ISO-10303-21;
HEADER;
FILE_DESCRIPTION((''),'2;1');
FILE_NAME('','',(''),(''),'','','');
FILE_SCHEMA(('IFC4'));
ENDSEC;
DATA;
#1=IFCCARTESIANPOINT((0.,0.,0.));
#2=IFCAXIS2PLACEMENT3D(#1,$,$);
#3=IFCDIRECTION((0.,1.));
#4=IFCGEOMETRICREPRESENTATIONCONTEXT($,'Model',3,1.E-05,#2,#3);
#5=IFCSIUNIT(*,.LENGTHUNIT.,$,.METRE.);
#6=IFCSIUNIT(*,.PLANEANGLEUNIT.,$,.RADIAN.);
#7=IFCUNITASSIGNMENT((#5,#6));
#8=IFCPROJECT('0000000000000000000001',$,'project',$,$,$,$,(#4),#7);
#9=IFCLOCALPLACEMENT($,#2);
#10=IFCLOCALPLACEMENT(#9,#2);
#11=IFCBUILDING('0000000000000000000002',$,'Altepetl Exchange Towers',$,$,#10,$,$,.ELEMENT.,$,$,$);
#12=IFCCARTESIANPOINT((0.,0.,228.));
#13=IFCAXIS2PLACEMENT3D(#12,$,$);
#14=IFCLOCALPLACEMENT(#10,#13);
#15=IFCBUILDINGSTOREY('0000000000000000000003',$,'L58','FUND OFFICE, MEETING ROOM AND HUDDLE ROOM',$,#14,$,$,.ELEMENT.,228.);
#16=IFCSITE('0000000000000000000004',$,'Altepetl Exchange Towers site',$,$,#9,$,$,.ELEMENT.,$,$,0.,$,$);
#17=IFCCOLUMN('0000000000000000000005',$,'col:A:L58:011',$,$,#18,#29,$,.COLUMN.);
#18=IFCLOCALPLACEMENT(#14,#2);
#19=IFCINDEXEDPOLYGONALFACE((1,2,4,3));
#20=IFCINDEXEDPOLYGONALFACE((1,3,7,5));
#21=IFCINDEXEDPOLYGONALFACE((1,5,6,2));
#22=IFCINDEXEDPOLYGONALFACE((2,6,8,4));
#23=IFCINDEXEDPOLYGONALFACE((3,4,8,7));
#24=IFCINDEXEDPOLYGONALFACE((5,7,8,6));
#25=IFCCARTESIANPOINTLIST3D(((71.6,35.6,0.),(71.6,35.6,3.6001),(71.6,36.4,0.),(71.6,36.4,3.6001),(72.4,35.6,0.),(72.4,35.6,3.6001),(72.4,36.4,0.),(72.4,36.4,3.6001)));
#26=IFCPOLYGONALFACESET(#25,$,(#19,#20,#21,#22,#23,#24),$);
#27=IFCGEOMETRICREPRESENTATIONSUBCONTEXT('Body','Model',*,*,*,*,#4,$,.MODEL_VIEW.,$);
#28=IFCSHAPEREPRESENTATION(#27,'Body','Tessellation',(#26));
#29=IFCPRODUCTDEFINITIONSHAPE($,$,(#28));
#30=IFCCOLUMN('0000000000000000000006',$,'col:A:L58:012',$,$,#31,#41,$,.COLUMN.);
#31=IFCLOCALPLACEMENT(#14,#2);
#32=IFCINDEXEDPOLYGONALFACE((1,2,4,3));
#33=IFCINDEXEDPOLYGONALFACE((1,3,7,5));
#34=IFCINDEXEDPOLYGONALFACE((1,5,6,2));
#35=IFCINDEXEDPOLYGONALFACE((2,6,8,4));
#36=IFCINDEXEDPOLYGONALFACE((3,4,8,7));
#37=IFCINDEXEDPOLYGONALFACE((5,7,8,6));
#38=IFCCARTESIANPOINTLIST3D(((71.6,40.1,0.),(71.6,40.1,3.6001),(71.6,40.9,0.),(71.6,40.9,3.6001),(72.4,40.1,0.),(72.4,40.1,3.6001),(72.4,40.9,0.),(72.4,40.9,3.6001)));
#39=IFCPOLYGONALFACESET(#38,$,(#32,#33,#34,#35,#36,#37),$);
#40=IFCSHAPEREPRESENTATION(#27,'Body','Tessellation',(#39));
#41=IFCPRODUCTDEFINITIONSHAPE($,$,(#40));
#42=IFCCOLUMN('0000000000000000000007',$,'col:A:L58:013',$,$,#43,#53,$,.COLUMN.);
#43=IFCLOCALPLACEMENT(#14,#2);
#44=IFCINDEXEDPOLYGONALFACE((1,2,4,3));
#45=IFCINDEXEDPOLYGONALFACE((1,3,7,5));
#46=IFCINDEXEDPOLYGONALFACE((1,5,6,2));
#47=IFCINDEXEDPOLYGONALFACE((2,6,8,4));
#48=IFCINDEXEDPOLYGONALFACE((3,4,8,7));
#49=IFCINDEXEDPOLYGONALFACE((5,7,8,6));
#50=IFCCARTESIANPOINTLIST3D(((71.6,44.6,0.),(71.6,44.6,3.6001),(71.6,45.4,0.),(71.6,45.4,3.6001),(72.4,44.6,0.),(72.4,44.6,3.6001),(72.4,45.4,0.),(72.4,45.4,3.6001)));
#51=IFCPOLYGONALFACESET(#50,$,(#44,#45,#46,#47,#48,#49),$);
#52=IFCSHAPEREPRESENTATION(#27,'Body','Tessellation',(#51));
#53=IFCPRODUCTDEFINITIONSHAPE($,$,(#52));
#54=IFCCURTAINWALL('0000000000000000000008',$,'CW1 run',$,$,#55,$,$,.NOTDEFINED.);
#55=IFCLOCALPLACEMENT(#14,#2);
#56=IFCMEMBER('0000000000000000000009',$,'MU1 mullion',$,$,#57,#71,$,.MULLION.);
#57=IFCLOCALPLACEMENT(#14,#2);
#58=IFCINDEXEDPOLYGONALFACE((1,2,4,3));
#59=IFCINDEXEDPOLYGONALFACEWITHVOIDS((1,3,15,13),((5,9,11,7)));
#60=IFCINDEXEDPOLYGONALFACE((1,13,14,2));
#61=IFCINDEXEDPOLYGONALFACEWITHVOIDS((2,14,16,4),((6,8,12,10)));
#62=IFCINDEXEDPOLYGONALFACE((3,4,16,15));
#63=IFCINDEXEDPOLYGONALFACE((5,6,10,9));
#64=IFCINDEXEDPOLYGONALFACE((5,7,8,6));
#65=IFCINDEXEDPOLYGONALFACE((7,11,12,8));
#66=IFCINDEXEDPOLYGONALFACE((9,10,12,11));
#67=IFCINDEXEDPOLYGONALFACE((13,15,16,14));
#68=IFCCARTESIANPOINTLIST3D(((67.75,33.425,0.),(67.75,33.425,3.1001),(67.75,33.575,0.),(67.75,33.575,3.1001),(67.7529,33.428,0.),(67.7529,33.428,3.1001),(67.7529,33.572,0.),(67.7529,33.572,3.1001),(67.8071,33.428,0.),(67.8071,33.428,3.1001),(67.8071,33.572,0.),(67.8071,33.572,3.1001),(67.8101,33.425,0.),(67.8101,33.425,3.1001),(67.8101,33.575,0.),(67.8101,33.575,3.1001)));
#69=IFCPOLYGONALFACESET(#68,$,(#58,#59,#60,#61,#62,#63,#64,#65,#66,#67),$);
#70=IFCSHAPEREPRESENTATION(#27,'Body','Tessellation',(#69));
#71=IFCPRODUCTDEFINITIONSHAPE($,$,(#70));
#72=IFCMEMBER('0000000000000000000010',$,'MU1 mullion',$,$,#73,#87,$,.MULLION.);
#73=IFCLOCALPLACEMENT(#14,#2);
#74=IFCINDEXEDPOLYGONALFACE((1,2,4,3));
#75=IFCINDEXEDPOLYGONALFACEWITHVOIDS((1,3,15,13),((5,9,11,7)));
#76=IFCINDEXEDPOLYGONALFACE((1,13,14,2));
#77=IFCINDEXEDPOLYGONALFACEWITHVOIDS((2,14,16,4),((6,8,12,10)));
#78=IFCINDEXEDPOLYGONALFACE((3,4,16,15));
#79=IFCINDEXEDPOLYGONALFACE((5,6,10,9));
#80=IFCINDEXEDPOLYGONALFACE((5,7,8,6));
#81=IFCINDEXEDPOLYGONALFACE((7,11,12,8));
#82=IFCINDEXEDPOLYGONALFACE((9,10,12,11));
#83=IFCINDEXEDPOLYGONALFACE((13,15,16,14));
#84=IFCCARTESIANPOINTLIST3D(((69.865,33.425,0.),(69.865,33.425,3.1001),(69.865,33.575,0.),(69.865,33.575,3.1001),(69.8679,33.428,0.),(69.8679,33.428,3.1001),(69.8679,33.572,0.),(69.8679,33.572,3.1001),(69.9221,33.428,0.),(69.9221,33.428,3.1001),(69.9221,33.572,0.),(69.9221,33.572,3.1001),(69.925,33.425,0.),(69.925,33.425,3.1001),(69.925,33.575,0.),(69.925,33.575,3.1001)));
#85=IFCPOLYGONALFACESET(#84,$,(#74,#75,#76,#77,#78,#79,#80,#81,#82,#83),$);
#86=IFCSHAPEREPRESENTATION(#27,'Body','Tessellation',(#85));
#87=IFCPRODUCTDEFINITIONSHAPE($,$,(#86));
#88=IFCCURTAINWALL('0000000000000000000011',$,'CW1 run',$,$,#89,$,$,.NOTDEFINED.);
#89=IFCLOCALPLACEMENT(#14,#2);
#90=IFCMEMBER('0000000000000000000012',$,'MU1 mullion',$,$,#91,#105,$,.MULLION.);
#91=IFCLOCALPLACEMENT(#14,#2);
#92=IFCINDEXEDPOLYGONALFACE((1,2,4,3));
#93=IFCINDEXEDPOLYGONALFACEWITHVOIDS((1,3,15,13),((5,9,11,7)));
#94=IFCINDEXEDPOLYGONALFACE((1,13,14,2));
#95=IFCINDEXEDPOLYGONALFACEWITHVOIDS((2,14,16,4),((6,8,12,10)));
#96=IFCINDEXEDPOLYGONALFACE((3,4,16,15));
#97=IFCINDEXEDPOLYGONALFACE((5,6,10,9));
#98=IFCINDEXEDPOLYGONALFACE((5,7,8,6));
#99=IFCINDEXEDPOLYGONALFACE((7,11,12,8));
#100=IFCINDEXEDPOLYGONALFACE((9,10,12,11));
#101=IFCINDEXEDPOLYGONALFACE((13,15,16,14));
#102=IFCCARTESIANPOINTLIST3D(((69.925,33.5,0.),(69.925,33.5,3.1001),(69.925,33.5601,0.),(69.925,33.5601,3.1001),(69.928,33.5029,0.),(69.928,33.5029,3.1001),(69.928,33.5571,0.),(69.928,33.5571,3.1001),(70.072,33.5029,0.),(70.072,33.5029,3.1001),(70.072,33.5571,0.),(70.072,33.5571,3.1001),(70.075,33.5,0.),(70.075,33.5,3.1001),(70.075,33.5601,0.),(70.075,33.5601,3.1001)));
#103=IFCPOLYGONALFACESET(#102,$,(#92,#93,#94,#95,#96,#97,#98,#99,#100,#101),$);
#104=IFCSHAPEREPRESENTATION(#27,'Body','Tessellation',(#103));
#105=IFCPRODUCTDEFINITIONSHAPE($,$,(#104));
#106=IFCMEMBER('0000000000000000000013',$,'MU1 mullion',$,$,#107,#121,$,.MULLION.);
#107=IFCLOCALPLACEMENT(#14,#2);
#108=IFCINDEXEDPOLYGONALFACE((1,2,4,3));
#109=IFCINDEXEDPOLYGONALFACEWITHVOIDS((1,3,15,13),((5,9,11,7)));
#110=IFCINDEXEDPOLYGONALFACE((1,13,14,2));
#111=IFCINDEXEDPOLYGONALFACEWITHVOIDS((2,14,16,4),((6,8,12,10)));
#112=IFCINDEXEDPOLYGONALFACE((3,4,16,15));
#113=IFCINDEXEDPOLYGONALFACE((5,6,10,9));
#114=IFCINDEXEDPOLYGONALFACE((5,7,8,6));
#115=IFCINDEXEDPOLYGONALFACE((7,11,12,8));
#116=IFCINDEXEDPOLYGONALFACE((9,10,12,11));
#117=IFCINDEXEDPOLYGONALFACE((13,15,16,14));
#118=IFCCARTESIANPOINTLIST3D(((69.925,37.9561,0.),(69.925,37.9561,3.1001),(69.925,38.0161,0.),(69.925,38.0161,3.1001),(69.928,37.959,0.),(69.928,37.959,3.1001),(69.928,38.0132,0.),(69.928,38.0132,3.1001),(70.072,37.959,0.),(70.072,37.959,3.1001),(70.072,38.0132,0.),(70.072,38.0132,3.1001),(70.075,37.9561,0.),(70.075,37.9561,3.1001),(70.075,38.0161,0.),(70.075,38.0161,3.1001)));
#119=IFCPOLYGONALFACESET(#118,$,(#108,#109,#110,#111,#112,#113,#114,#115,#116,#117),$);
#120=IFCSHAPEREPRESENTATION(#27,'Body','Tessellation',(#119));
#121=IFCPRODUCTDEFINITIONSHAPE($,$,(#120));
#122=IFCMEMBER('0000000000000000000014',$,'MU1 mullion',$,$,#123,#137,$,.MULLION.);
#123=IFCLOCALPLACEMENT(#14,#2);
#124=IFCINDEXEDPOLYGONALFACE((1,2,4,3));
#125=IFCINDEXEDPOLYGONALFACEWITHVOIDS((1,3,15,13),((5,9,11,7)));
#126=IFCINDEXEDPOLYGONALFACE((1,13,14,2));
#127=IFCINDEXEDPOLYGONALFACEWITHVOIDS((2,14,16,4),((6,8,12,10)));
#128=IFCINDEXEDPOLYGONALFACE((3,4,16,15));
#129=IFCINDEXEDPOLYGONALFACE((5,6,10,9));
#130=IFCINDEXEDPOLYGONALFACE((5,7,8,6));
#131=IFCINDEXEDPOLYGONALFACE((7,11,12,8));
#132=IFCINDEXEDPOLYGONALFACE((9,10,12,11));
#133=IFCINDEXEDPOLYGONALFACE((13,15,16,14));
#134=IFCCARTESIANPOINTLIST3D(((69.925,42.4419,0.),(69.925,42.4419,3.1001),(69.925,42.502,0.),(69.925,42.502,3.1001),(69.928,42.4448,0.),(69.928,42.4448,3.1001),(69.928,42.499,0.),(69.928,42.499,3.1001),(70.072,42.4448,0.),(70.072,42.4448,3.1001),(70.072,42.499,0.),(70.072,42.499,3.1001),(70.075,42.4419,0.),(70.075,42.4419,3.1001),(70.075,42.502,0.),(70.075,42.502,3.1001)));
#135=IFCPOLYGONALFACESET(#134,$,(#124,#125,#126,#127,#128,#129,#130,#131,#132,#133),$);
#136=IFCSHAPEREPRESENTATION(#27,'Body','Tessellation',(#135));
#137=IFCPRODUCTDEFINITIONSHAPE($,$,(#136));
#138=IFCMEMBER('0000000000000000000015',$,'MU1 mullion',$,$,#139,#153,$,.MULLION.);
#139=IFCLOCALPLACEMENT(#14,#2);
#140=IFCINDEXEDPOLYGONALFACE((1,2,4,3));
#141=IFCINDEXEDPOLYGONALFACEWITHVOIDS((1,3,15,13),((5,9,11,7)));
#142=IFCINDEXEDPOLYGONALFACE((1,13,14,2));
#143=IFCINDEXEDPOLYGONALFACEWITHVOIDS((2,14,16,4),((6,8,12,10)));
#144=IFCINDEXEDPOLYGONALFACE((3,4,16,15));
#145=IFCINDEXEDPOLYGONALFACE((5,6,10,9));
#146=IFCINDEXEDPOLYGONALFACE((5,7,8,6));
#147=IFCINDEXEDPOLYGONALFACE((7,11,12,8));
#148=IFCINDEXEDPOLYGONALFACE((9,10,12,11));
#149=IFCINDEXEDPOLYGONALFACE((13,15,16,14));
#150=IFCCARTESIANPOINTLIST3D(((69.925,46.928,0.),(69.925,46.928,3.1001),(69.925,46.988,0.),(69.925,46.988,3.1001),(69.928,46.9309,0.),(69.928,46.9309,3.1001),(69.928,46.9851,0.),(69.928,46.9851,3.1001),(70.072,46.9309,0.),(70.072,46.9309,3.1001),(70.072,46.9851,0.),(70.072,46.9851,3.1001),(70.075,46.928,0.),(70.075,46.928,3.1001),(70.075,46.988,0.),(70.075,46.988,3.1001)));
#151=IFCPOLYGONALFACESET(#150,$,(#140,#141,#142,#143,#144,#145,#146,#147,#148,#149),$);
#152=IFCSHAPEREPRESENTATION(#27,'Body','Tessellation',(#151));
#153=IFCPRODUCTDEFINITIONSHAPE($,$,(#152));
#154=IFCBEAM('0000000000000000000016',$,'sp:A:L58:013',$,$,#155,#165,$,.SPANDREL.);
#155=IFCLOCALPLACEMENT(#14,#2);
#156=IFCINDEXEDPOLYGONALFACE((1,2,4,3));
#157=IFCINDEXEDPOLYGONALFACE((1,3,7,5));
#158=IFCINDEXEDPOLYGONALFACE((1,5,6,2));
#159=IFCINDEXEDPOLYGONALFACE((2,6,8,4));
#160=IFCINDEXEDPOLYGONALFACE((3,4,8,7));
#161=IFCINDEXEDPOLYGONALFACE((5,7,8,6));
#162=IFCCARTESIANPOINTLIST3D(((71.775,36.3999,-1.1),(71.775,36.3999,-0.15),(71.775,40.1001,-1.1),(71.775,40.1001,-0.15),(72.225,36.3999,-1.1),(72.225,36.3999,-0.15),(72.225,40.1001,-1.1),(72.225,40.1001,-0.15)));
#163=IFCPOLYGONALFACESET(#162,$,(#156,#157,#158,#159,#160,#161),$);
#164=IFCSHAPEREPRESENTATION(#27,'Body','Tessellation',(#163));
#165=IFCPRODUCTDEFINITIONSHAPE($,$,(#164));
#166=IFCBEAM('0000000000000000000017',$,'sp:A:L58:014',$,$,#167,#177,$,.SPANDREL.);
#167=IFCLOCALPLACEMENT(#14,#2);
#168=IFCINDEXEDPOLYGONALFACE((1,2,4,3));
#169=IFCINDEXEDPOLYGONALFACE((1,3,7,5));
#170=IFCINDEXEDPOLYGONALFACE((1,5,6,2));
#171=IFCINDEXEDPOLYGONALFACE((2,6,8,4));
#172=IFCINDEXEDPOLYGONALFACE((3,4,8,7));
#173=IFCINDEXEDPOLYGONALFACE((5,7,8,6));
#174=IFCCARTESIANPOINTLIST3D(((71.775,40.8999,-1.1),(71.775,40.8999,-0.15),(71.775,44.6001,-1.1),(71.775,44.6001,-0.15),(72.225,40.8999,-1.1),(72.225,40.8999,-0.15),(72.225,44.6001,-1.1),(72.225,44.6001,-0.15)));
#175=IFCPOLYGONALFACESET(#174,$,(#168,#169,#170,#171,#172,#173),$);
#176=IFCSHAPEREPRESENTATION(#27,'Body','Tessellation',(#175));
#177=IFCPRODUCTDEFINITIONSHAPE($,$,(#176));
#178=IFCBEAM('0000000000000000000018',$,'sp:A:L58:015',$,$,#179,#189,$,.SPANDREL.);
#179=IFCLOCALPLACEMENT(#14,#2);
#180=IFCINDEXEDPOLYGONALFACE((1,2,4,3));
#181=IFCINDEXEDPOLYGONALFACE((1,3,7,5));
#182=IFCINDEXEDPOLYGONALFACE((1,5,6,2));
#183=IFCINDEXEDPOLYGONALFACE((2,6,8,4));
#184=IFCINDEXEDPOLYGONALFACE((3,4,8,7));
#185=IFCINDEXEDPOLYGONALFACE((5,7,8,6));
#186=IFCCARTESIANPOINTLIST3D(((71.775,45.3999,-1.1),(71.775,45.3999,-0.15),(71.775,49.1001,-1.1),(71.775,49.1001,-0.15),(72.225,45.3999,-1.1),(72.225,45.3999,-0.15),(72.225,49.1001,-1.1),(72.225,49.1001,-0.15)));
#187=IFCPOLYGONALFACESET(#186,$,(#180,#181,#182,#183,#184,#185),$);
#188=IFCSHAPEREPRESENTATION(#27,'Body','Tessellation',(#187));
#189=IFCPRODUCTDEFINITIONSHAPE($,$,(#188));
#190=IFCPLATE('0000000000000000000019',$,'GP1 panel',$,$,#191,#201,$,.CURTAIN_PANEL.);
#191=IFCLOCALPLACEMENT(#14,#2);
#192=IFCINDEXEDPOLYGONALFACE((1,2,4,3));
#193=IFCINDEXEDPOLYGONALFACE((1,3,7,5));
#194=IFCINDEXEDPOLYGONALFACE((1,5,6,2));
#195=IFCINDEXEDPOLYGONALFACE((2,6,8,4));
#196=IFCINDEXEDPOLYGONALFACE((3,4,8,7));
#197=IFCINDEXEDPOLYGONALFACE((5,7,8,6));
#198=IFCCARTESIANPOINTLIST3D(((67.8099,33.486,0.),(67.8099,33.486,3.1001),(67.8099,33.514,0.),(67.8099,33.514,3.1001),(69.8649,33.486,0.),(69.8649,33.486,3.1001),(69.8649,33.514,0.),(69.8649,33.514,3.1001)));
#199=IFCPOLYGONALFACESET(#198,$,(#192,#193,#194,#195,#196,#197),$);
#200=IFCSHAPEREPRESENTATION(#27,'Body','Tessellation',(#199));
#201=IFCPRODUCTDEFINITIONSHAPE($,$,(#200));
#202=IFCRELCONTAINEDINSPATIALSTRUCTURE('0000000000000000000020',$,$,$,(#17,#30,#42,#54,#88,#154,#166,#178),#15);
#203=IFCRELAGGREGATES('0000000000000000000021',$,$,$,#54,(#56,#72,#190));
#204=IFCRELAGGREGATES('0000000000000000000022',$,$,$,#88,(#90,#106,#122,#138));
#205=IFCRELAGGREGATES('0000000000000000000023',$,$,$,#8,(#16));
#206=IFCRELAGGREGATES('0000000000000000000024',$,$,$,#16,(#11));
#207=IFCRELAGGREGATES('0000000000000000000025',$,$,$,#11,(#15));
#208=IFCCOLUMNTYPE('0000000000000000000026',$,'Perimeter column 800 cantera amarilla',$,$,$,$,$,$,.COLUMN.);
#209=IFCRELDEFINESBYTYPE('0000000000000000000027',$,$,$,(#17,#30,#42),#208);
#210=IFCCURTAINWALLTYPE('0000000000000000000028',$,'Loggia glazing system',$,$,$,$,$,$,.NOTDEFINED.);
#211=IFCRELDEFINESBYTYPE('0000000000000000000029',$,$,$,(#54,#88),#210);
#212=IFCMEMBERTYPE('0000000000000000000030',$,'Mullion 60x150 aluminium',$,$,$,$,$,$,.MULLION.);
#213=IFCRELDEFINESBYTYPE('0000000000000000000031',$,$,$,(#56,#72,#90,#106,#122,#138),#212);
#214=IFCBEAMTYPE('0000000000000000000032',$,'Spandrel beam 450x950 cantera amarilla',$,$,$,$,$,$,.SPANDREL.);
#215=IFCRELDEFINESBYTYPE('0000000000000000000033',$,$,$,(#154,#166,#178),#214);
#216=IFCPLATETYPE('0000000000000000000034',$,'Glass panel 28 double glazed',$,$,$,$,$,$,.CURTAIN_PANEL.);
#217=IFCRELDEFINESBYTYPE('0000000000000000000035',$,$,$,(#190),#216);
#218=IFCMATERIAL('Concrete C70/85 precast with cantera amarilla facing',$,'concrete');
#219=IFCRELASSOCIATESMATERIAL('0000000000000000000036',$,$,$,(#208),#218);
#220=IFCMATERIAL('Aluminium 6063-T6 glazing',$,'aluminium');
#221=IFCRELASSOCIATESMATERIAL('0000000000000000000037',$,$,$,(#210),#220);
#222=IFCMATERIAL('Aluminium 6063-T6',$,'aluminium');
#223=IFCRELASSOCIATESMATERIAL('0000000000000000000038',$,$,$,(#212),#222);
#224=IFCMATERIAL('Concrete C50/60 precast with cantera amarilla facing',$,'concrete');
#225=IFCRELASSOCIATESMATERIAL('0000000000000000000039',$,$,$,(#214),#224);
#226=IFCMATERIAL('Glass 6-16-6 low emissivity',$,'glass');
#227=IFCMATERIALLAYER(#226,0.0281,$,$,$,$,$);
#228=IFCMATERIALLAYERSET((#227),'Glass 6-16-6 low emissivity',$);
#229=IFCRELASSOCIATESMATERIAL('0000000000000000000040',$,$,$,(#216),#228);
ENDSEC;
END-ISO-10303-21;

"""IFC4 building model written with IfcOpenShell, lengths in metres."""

from ifc_helpers import new_model, si_unit, direction, frame, origin, origin_2d, place, context, subcontext, project, spatial, rectangle, hollow_rectangle, extrude, material, layer, layer_set, material_profile, profile_set, type_object, element, aggregate, save


model = new_model("IFC4")

# Units and contexts
model_context = context("Model", 3, precision=1e-05, world=origin(), true_north=direction((0.0, 1.0)))
body_context = subcontext(model_context, "Body", "Model", "MODEL_VIEW")
ifc_project = project(units=[si_unit("LENGTHUNIT", "METRE"), si_unit("PLANEANGLEUNIT", "RADIAN")], contexts=[model_context])

# Site, building, storey
site_placement = place(None, origin())
site = spatial("IfcSite", under=ifc_project, at=site_placement, Name="Altepetl Exchange Towers site", CompositionType="ELEMENT", RefElevation=0.0)
building_placement = place(site_placement, origin())
building = spatial("IfcBuilding", under=site, at=building_placement, Name="Altepetl Exchange Towers", CompositionType="ELEMENT")
storey_placement = place(building_placement, frame((0.0, 0.0, 228.0)))
storey = spatial("IfcBuildingStorey", under=building, at=storey_placement, Name="L58", Description="FUND OFFICE, MEETING ROOM AND HUDDLE ROOM", CompositionType="ELEMENT", Elevation=228.0)

# Columns
ifc_material_1 = material(Name="Concrete C70/85 precast with cantera amarilla facing", Category="concrete")
ifc_material_profile_1 = material_profile(ifc_material_1, rectangle(XDim=0.8, YDim=0.8, at=origin_2d()), Name="800 x 800")
ifc_profile_set_1 = profile_set([ifc_material_profile_1], Name="Concrete C70/85 precast with cantera amarilla facing")
column_type = type_object("IfcColumnType", Name="Perimeter column 800 cantera amarilla", PredefinedType="COLUMN", material=ifc_profile_set_1)
for number, where, name in (
    (1, (72.0, 36.0, 0.0), "col:A:L58:011"),
    (2, (72.0, 40.5, 0.0), "col:A:L58:012"),
    (3, (72.0, 45.0, 0.0), "col:A:L58:013"),
):
    element("IfcColumn", number, at=place(storey_placement, frame(where)), inside=storey, type_object=column_type, Name=name, PredefinedType="COLUMN", context=body_context, shape_type="SweptSolid", body=[
        extrude(rectangle(XDim=0.8, YDim=0.8, at=origin_2d()), origin(), (0.0, 0.0, 1.0), 3.6001),
    ])

# Curtain walls, members
ifc_material_2 = material(Name="Aluminium 6063-T6 glazing", Category="aluminium")
curtain_wall_type = type_object("IfcCurtainWallType", Name="Loggia glazing system", PredefinedType="NOTDEFINED", material=ifc_material_2)
curtain_wall_1_placement = place(storey_placement, origin())
curtain_wall_1 = element("IfcCurtainWall", 4, at=curtain_wall_1_placement, inside=storey, type_object=curtain_wall_type, Name="CW1 run", PredefinedType="NOTDEFINED")
ifc_material_3 = material(Name="Aluminium 6063-T6", Category="aluminium")
ifc_material_profile_2 = material_profile(ifc_material_3, hollow_rectangle(XDim=0.0601, YDim=0.1499, WallThickness=0.0029, at=origin_2d()), Name="Mullion 60x150 aluminium")
ifc_profile_set_2 = profile_set([ifc_material_profile_2], Name="Aluminium 6063-T6")
member_type = type_object("IfcMemberType", Name="Mullion 60x150 aluminium", PredefinedType="MULLION", material=ifc_profile_set_2)
member_1_placement = place(storey_placement, frame((67.78, 33.5, 0.0)))
member_1 = element("IfcMember", 5, at=member_1_placement, type_object=member_type, Name="MU1 mullion", PredefinedType="MULLION", context=body_context, shape_type="SweptSolid", body=[
    extrude(hollow_rectangle(XDim=0.0601, YDim=0.1499, WallThickness=0.0029, at=origin_2d()), origin(), (0.0, 0.0, 1.0), 3.1001),
])
member_2_placement = place(storey_placement, frame((69.895, 33.5, 0.0)))
member_2 = element("IfcMember", 6, at=member_2_placement, type_object=member_type, Name="MU1 mullion", PredefinedType="MULLION", context=body_context, shape_type="SweptSolid", body=[
    extrude(hollow_rectangle(XDim=0.0601, YDim=0.1499, WallThickness=0.0029, at=origin_2d()), origin(), (0.0, 0.0, 1.0), 3.1001),
])
curtain_wall_2_placement = place(storey_placement, origin())
curtain_wall_2 = element("IfcCurtainWall", 7, at=curtain_wall_2_placement, inside=storey, type_object=curtain_wall_type, Name="CW1 run", PredefinedType="NOTDEFINED")
member_3_placement = place(storey_placement, frame((70.0, 33.53, 0.0), z_axis=(0.0, 0.0, 1.0), x_axis=(0.0, 1.0, 0.0)))
member_3 = element("IfcMember", 8, at=member_3_placement, type_object=member_type, Name="MU1 mullion", PredefinedType="MULLION", context=body_context, shape_type="SweptSolid", body=[
    extrude(hollow_rectangle(XDim=0.0601, YDim=0.1499, WallThickness=0.0029, at=origin_2d()), origin(), (0.0, 0.0, 1.0), 3.1001),
])
member_4_placement = place(storey_placement, frame((70.0, 37.9861, 0.0), z_axis=(0.0, 0.0, 1.0), x_axis=(0.0, 1.0, 0.0)))
member_4 = element("IfcMember", 9, at=member_4_placement, type_object=member_type, Name="MU1 mullion", PredefinedType="MULLION", context=body_context, shape_type="SweptSolid", body=[
    extrude(hollow_rectangle(XDim=0.0601, YDim=0.1499, WallThickness=0.0029, at=origin_2d()), origin(), (0.0, 0.0, 1.0), 3.1001),
])
member_5_placement = place(storey_placement, frame((70.0, 42.4719, 0.0), z_axis=(0.0, 0.0, 1.0), x_axis=(0.0, 1.0, 0.0)))
member_5 = element("IfcMember", 10, at=member_5_placement, type_object=member_type, Name="MU1 mullion", PredefinedType="MULLION", context=body_context, shape_type="SweptSolid", body=[
    extrude(hollow_rectangle(XDim=0.0601, YDim=0.1499, WallThickness=0.0029, at=origin_2d()), origin(), (0.0, 0.0, 1.0), 3.1001),
])
member_6_placement = place(storey_placement, frame((70.0, 46.958, 0.0), z_axis=(0.0, 0.0, 1.0), x_axis=(0.0, 1.0, 0.0)))
member_6 = element("IfcMember", 11, at=member_6_placement, type_object=member_type, Name="MU1 mullion", PredefinedType="MULLION", context=body_context, shape_type="SweptSolid", body=[
    extrude(hollow_rectangle(XDim=0.0601, YDim=0.1499, WallThickness=0.0029, at=origin_2d()), origin(), (0.0, 0.0, 1.0), 3.1001),
])

# Beams
ifc_material_4 = material(Name="Concrete C50/60 precast with cantera amarilla facing", Category="concrete")
ifc_material_profile_3 = material_profile(ifc_material_4, rectangle(XDim=0.45, YDim=0.95, at=origin_2d()), Name="450 x 950")
ifc_profile_set_3 = profile_set([ifc_material_profile_3], Name="Concrete C50/60 precast with cantera amarilla facing")
beam_type = type_object("IfcBeamType", Name="Spandrel beam 450x950 cantera amarilla", PredefinedType="SPANDREL", material=ifc_profile_set_3)
for number, where, z_axis, x_axis, name in (
    (12, (72.0, 36.3999, -0.625), (0.0, 1.0, 0.0), (-1.0, 0.0, 0.0), "sp:A:L58:013"),
    (13, (72.0, 40.8999, -0.625), (0.0, 1.0, 0.0), (-1.0, 0.0, 0.0), "sp:A:L58:014"),
    (14, (72.0, 45.3999, -0.625), (0.0, 1.0, 0.0), (-1.0, 0.0, 0.0), "sp:A:L58:015"),
):
    element("IfcBeam", number, at=place(storey_placement, frame(where, z_axis=z_axis, x_axis=x_axis)), inside=storey, type_object=beam_type, Name=name, PredefinedType="SPANDREL", context=body_context, shape_type="SweptSolid", body=[
        extrude(rectangle(XDim=0.45, YDim=0.95, at=origin_2d()), origin(), (0.0, 0.0, 1.0), 3.7002),
    ])

# Plate
ifc_material_5 = material(Name="Glass 6-16-6 low emissivity", Category="glass")
ifc_layer = layer(ifc_material_5, 0.0281)
ifc_layer_set = layer_set([ifc_layer], Name="Glass 6-16-6 low emissivity")
plate_type = type_object("IfcPlateType", Name="Glass panel 28 double glazed", PredefinedType="CURTAIN_PANEL", material=ifc_layer_set)
plate_1_placement = place(storey_placement, frame((68.8374, 33.5, 0.0)))
plate_1 = element("IfcPlate", 15, at=plate_1_placement, type_object=plate_type, Name="GP1 panel", PredefinedType="CURTAIN_PANEL", context=body_context, shape_type="SweptSolid", body=[
    extrude(rectangle(XDim=2.0549, YDim=0.0281, at=origin_2d()), origin(), (0.0, 0.0, 1.0), 3.1001),
])
aggregate(curtain_wall_1, [member_1, member_2, plate_1])
aggregate(curtain_wall_2, [member_3, member_4, member_5, member_6])

save(model, "model.ifc")
